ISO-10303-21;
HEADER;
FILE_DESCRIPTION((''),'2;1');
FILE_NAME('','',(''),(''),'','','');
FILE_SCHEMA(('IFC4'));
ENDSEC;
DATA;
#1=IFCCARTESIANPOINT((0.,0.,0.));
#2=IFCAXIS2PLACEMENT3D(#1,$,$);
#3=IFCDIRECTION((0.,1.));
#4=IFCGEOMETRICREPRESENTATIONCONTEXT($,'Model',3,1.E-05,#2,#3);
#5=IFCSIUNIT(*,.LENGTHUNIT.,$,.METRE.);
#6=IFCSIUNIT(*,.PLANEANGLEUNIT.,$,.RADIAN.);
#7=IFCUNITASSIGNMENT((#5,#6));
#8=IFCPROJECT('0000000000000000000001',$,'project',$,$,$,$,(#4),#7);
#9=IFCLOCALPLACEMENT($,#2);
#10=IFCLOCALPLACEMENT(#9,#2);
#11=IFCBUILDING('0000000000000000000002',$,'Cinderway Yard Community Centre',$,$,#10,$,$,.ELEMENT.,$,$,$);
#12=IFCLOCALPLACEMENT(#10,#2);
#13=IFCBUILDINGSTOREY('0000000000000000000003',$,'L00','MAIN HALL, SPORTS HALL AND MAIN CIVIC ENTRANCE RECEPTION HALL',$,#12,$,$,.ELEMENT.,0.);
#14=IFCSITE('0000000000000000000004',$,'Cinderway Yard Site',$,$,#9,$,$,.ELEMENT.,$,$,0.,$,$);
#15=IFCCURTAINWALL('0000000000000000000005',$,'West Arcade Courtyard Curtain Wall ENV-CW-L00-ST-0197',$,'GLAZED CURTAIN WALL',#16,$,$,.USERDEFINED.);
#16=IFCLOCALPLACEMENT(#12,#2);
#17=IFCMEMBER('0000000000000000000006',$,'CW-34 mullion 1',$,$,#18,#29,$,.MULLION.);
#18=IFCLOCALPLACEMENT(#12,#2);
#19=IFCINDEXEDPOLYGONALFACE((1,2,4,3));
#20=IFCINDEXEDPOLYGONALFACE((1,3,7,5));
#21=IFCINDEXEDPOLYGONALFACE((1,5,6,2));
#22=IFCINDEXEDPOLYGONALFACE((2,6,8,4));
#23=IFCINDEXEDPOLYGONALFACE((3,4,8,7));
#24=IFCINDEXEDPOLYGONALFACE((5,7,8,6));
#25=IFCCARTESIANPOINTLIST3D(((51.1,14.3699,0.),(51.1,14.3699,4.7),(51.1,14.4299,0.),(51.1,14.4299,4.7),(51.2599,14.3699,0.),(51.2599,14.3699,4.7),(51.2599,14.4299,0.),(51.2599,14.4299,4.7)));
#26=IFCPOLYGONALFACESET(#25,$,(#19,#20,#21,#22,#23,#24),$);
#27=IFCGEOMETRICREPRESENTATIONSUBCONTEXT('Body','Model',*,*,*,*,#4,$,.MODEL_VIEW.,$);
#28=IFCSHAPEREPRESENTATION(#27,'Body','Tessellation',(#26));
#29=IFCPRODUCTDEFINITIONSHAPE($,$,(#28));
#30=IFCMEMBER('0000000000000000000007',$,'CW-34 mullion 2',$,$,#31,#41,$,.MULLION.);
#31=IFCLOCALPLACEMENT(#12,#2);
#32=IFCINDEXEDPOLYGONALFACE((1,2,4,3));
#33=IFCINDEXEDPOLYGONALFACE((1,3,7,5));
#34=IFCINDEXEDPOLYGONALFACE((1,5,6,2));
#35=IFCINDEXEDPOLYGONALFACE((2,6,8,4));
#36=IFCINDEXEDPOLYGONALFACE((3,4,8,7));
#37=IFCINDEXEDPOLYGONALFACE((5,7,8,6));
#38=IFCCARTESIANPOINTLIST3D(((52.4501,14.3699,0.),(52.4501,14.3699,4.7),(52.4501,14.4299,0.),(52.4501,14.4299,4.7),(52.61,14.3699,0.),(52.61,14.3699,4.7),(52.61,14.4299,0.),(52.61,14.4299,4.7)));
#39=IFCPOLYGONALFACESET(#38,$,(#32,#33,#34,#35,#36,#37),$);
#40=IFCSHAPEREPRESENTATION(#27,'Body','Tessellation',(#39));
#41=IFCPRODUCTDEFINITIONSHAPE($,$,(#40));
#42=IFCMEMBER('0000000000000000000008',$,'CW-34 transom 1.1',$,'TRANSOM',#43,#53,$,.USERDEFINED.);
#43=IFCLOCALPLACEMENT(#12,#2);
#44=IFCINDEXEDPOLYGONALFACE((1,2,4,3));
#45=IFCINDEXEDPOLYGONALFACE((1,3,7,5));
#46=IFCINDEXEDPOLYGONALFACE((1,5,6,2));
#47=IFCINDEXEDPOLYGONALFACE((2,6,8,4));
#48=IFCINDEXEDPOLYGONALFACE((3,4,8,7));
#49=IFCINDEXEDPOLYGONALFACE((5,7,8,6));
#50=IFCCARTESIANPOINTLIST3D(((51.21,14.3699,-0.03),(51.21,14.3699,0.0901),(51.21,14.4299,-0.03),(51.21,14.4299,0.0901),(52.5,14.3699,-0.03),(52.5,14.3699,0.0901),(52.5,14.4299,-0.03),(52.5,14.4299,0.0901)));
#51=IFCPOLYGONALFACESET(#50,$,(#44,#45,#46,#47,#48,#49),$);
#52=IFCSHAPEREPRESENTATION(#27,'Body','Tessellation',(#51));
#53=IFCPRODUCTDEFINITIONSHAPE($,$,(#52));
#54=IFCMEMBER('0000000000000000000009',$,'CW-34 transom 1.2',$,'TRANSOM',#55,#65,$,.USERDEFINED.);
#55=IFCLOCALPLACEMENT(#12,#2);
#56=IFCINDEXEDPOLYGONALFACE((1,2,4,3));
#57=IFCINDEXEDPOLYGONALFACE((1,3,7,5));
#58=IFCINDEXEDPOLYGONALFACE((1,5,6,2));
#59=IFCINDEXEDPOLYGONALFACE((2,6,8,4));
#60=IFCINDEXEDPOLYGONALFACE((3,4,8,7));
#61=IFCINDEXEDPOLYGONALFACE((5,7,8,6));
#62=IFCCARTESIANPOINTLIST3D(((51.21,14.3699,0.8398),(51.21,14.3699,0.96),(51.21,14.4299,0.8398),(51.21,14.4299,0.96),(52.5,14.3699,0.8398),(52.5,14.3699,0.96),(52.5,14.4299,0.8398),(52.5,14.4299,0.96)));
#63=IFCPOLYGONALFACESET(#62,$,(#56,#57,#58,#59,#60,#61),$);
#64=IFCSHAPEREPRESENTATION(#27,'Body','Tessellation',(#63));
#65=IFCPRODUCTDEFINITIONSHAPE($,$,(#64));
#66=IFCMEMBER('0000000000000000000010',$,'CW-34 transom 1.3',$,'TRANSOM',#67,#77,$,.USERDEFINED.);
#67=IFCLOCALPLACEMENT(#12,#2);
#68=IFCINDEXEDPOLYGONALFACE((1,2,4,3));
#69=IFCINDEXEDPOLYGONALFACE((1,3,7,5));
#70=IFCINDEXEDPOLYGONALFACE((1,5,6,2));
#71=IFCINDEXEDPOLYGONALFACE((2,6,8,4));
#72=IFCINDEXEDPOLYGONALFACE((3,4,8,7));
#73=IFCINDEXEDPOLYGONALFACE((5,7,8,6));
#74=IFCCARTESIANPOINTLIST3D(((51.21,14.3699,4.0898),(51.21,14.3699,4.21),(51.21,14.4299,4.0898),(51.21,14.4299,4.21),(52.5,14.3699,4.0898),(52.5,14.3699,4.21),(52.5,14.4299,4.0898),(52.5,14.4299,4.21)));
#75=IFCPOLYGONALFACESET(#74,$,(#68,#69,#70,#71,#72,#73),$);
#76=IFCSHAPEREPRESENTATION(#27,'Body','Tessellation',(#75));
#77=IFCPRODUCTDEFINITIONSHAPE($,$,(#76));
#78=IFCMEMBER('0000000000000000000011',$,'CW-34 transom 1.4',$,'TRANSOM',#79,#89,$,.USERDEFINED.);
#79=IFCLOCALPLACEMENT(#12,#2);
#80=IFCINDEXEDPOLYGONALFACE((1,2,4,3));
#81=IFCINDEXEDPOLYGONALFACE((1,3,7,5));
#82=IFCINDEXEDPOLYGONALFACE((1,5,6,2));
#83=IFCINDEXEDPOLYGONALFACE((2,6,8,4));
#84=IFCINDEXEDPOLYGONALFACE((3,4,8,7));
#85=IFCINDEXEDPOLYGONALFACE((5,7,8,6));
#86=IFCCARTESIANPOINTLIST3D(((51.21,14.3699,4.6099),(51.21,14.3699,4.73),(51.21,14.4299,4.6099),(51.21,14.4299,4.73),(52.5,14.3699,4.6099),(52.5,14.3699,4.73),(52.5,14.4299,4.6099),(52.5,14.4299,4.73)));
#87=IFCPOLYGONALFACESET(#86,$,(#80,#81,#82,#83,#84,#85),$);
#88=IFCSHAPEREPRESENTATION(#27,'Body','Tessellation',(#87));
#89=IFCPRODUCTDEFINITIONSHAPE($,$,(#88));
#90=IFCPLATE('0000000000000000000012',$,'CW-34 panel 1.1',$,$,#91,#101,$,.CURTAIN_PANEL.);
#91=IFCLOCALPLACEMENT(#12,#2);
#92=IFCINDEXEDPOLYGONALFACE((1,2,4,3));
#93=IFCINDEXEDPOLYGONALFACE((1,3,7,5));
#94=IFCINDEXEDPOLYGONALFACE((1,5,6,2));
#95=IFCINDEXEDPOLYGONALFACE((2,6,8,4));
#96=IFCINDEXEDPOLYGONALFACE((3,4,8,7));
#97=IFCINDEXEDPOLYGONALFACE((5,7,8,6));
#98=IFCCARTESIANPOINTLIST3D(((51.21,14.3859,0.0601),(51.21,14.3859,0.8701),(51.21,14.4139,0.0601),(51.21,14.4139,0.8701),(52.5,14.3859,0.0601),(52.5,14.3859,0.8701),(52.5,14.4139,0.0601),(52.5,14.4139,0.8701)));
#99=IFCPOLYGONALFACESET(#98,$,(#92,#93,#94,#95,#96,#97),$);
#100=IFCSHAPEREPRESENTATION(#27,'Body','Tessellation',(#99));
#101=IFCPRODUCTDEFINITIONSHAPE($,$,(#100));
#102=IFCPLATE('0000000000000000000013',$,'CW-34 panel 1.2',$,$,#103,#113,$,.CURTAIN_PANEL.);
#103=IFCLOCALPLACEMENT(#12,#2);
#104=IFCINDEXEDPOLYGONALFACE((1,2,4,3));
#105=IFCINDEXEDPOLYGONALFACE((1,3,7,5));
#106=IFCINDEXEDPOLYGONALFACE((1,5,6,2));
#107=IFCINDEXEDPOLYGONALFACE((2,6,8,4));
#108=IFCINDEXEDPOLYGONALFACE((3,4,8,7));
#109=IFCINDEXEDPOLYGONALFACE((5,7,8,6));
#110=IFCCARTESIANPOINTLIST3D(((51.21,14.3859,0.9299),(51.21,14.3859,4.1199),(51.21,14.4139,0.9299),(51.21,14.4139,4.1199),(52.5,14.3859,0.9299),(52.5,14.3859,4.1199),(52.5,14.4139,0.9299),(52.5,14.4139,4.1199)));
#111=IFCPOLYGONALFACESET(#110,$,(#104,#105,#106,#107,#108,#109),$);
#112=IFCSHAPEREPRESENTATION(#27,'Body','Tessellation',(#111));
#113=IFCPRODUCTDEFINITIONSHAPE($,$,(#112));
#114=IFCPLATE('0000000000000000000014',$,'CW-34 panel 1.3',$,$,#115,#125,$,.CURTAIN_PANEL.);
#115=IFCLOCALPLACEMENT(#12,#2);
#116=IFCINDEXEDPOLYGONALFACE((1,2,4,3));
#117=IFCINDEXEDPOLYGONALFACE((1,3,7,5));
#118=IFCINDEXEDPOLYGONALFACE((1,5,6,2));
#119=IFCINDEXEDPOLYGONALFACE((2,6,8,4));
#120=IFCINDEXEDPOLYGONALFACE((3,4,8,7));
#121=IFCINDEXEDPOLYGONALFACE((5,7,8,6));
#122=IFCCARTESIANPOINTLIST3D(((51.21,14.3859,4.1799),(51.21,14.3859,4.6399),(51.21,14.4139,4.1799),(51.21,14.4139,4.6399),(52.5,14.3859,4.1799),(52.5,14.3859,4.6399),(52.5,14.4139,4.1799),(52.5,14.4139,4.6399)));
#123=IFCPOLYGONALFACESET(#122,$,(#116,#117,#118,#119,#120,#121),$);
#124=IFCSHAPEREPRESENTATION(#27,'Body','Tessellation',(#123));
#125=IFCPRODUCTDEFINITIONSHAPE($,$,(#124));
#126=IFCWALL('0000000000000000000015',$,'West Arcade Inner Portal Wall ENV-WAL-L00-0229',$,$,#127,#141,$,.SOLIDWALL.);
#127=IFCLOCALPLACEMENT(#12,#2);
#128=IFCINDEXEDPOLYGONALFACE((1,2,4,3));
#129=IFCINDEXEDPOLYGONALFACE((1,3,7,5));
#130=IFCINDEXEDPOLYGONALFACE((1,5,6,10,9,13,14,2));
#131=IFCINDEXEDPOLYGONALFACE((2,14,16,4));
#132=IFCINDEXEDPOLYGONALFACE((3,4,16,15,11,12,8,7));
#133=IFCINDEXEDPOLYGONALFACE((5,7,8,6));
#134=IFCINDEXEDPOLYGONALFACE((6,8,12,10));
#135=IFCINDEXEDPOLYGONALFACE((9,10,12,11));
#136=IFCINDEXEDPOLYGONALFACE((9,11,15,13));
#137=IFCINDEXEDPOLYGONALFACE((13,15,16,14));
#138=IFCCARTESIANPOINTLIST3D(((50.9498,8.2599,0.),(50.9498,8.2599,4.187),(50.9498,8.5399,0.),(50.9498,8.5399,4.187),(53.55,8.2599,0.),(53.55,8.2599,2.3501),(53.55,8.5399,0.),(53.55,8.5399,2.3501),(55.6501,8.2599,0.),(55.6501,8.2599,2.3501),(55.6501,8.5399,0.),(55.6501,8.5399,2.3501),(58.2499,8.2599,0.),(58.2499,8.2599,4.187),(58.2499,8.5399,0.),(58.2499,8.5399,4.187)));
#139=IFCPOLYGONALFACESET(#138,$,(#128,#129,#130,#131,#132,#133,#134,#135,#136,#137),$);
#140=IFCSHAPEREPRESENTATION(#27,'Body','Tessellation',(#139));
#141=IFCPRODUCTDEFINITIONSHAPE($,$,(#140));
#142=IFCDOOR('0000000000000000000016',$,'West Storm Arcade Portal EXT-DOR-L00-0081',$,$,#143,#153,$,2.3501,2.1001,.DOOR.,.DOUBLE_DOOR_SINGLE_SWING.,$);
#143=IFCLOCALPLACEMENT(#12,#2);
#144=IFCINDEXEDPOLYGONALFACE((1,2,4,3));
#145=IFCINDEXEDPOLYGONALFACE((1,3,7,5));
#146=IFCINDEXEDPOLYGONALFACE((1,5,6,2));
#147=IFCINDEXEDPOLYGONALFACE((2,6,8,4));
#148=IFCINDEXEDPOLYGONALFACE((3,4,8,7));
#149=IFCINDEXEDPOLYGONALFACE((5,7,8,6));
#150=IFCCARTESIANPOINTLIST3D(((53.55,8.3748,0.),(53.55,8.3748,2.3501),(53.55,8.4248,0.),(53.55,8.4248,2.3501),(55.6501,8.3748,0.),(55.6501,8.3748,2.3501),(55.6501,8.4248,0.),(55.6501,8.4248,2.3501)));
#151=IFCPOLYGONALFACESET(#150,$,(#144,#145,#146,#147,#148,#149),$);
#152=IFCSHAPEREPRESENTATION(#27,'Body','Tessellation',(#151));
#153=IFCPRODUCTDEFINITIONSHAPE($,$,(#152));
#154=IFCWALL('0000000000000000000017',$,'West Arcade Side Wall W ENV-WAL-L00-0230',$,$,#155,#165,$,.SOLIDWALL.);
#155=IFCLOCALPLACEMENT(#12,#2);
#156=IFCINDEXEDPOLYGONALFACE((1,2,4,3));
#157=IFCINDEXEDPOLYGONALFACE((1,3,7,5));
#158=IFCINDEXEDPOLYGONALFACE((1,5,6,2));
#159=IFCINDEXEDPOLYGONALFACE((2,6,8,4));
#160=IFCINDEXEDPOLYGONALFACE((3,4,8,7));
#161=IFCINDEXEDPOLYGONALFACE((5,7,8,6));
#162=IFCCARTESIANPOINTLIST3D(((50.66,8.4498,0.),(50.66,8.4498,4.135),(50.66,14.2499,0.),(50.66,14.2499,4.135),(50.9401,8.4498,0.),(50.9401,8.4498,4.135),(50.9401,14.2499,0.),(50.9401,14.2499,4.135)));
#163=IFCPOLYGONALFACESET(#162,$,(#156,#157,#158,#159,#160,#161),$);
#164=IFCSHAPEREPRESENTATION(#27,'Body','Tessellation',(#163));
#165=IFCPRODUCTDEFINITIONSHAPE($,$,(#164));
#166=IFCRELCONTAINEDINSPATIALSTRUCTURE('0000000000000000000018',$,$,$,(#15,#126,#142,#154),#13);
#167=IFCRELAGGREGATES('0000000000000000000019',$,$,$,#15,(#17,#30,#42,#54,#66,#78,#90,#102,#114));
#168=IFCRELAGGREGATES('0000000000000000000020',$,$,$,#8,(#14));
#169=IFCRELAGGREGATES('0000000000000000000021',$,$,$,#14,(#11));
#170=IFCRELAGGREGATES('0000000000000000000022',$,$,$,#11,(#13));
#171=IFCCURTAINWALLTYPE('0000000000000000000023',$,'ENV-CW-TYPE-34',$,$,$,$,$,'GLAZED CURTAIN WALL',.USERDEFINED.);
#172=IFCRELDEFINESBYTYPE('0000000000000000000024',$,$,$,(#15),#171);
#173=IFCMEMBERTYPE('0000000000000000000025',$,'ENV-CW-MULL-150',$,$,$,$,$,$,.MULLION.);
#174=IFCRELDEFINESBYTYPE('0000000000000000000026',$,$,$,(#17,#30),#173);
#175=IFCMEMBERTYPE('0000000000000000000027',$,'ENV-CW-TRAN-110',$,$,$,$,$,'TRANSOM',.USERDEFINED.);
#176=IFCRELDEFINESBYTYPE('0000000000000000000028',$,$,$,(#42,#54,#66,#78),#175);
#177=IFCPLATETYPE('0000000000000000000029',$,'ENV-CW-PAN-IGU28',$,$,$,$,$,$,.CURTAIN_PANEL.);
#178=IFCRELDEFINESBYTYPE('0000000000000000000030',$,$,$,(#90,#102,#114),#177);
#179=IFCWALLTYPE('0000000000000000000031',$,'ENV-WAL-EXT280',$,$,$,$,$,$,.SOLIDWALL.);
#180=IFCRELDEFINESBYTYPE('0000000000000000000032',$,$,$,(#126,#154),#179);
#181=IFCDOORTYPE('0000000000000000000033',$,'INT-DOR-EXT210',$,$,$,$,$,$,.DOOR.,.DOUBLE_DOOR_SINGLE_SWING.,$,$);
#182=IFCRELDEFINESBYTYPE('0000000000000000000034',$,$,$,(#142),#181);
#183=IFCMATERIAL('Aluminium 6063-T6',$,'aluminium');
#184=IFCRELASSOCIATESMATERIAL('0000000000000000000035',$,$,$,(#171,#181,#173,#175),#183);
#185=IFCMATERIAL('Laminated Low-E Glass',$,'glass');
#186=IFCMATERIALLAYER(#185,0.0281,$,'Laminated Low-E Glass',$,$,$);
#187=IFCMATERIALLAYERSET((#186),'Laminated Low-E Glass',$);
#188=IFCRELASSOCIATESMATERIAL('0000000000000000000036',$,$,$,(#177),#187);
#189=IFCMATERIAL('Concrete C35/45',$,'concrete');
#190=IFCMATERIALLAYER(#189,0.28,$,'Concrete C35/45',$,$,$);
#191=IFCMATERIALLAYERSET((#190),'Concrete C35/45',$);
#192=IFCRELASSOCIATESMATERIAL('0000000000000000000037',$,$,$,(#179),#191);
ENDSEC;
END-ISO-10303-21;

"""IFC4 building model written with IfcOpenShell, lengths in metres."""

from ifc_helpers import new_model, si_unit, direction, frame, frame_2d, origin, origin_2d, place, context, subcontext, project, spatial, rectangle, extrude, material, layer, layer_set, material_profile, profile_set, type_object, element, fill, aggregate, save


model = new_model("IFC4")

# Units and contexts
model_context = context("Model", 3, precision=1e-05, world=origin(), true_north=direction((0.0, 1.0)))
body_context = subcontext(model_context, "Body", "Model", "MODEL_VIEW")
ifc_project = project(units=[si_unit("LENGTHUNIT", "METRE"), si_unit("PLANEANGLEUNIT", "RADIAN")], contexts=[model_context])

# Site, building, storey
site_placement = place(None, origin())
site = spatial("IfcSite", under=ifc_project, at=site_placement, Name="Cinderway Yard Site", CompositionType="ELEMENT", RefElevation=0.0)
building_placement = place(site_placement, origin())
building = spatial("IfcBuilding", under=site, at=building_placement, Name="Cinderway Yard Community Centre", CompositionType="ELEMENT")
storey_placement = place(building_placement, origin())
storey = spatial("IfcBuildingStorey", under=building, at=storey_placement, Name="L00", Description="MAIN HALL, SPORTS HALL AND MAIN CIVIC ENTRANCE RECEPTION HALL", CompositionType="ELEMENT", Elevation=0.0)

# Curtain wall, members, plates
ifc_material_1 = material(Name="Aluminium 6063-T6", Category="aluminium")
curtain_wall_type = type_object("IfcCurtainWallType", Name="ENV-CW-TYPE-34", ElementType="GLAZED CURTAIN WALL", PredefinedType="USERDEFINED", material=ifc_material_1)
curtain_wall_placement = place(storey_placement, origin())
curtain_wall = element("IfcCurtainWall", 1, at=curtain_wall_placement, inside=storey, type_object=curtain_wall_type, Name="West Arcade Courtyard Curtain Wall ENV-CW-L00-ST-0197", ObjectType="GLAZED CURTAIN WALL", PredefinedType="USERDEFINED")
ifc_material_profile_1 = material_profile(ifc_material_1, rectangle(XDim=0.0601, YDim=0.1599, at=origin_2d()), Name="Aluminium 6063-T6")
ifc_profile_set_1 = profile_set([ifc_material_profile_1], Name="Aluminium 6063-T6")
member_type_1 = type_object("IfcMemberType", Name="ENV-CW-MULL-150", PredefinedType="MULLION", material=ifc_profile_set_1)
member_1_placement = place(storey_placement, frame((51.1799, 14.3999, 0.0), z_axis=(0.0, 0.0, 1.0), x_axis=(0.0, 1.0, 0.0)))
member_1 = element("IfcMember", 2, at=member_1_placement, type_object=member_type_1, Name="CW-34 mullion 1", PredefinedType="MULLION", context=body_context, shape_type="SweptSolid", body=[
    extrude(rectangle(XDim=0.0601, YDim=0.1599, at=origin_2d()), origin(), (0.0, 0.0, 1.0), 4.7),
])
member_2_placement = place(storey_placement, frame((52.53, 14.3999, 0.0), z_axis=(0.0, 0.0, 1.0), x_axis=(0.0, 1.0, 0.0)))
member_2 = element("IfcMember", 3, at=member_2_placement, type_object=member_type_1, Name="CW-34 mullion 2", PredefinedType="MULLION", context=body_context, shape_type="SweptSolid", body=[
    extrude(rectangle(XDim=0.0601, YDim=0.1599, at=origin_2d()), origin(), (0.0, 0.0, 1.0), 4.7),
])
ifc_material_profile_2 = material_profile(ifc_material_1, rectangle(XDim=0.0601, YDim=0.1201, at=origin_2d()), Name="Aluminium 6063-T6")
ifc_profile_set_2 = profile_set([ifc_material_profile_2], Name="Aluminium 6063-T6")
member_type_2 = type_object("IfcMemberType", Name="ENV-CW-TRAN-110", ElementType="TRANSOM", PredefinedType="USERDEFINED", material=ifc_profile_set_2)
member_3_placement = place(storey_placement, frame((51.21, 14.3999, 0.03), z_axis=(1.0, 0.0, 0.0), x_axis=(0.0, 1.0, 0.0)))
member_3 = element("IfcMember", 4, at=member_3_placement, type_object=member_type_2, Name="CW-34 transom 1.1", ObjectType="TRANSOM", PredefinedType="USERDEFINED", context=body_context, shape_type="SweptSolid", body=[
    extrude(rectangle(XDim=0.0601, YDim=0.1201, at=origin_2d()), origin(), (0.0, 0.0, 1.0), 1.29),
])
member_4_placement = place(storey_placement, frame((51.21, 14.3999, 0.8999), z_axis=(1.0, 0.0, 0.0), x_axis=(0.0, 1.0, 0.0)))
member_4 = element("IfcMember", 5, at=member_4_placement, type_object=member_type_2, Name="CW-34 transom 1.2", ObjectType="TRANSOM", PredefinedType="USERDEFINED", context=body_context, shape_type="SweptSolid", body=[
    extrude(rectangle(XDim=0.0601, YDim=0.1201, at=origin_2d()), origin(), (0.0, 0.0, 1.0), 1.29),
])
member_5_placement = place(storey_placement, frame((51.21, 14.3999, 4.1499), z_axis=(1.0, 0.0, 0.0), x_axis=(0.0, 1.0, 0.0)))
member_5 = element("IfcMember", 6, at=member_5_placement, type_object=member_type_2, Name="CW-34 transom 1.3", ObjectType="TRANSOM", PredefinedType="USERDEFINED", context=body_context, shape_type="SweptSolid", body=[
    extrude(rectangle(XDim=0.0601, YDim=0.1201, at=origin_2d()), origin(), (0.0, 0.0, 1.0), 1.29),
])
member_6_placement = place(storey_placement, frame((51.21, 14.3999, 4.6699), z_axis=(1.0, 0.0, 0.0), x_axis=(0.0, 1.0, 0.0)))
member_6 = element("IfcMember", 7, at=member_6_placement, type_object=member_type_2, Name="CW-34 transom 1.4", ObjectType="TRANSOM", PredefinedType="USERDEFINED", context=body_context, shape_type="SweptSolid", body=[
    extrude(rectangle(XDim=0.0601, YDim=0.1201, at=origin_2d()), origin(), (0.0, 0.0, 1.0), 1.29),
])
ifc_material_2 = material(Name="Laminated Low-E Glass", Category="glass")
ifc_layer_1 = layer(ifc_material_2, 0.0281, Name="Laminated Low-E Glass")
ifc_layer_set_1 = layer_set([ifc_layer_1], Name="Laminated Low-E Glass")
plate_type = type_object("IfcPlateType", Name="ENV-CW-PAN-IGU28", PredefinedType="CURTAIN_PANEL", material=ifc_layer_set_1)
plate_1_placement = place(storey_placement, frame((51.855, 14.3999, 0.0601), z_axis=(0.0, 0.0, 1.0), x_axis=(1.0, 0.0, 0.0)))
plate_1 = element("IfcPlate", 8, at=plate_1_placement, type_object=plate_type, Name="CW-34 panel 1.1", PredefinedType="CURTAIN_PANEL", context=body_context, shape_type="SweptSolid", body=[
    extrude(rectangle(XDim=1.29, YDim=0.0281, at=origin_2d()), origin(), (0.0, 0.0, 1.0), 0.8101),
])
plate_2_placement = place(storey_placement, frame((51.855, 14.3999, 0.9299), z_axis=(0.0, 0.0, 1.0), x_axis=(1.0, 0.0, 0.0)))
plate_2 = element("IfcPlate", 9, at=plate_2_placement, type_object=plate_type, Name="CW-34 panel 1.2", PredefinedType="CURTAIN_PANEL", context=body_context, shape_type="SweptSolid", body=[
    extrude(rectangle(XDim=1.29, YDim=0.0281, at=origin_2d()), origin(), (0.0, 0.0, 1.0), 3.1899),
])
plate_3_placement = place(storey_placement, frame((51.855, 14.3999, 4.1799), z_axis=(0.0, 0.0, 1.0), x_axis=(1.0, 0.0, 0.0)))
plate_3 = element("IfcPlate", 10, at=plate_3_placement, type_object=plate_type, Name="CW-34 panel 1.3", PredefinedType="CURTAIN_PANEL", context=body_context, shape_type="SweptSolid", body=[
    extrude(rectangle(XDim=1.29, YDim=0.0281, at=origin_2d()), origin(), (0.0, 0.0, 1.0), 0.46),
])
aggregate(curtain_wall, [member_1, member_2, member_3, member_4, member_5, member_6, plate_1, plate_2, plate_3])

# Wall, opening, door
ifc_material_3 = material(Name="Concrete C35/45", Category="concrete")
ifc_layer_2 = layer(ifc_material_3, 0.28, Name="Concrete C35/45")
ifc_layer_set_2 = layer_set([ifc_layer_2], Name="Concrete C35/45")
wall_type = type_object("IfcWallType", Name="ENV-WAL-EXT280", PredefinedType="SOLIDWALL", material=ifc_layer_set_2)
wall_1_placement = place(storey_placement, frame((50.95, 8.3999, 0.0), z_axis=(0.0, 0.0, 1.0), x_axis=(1.0, 0.0, 0.0)))
wall_1 = element("IfcWall", 11, at=wall_1_placement, inside=storey, type_object=wall_type, Name="West Arcade Inner Portal Wall ENV-WAL-L00-0229", PredefinedType="SOLIDWALL", context=body_context, shape_type="SweptSolid", body=[
    extrude(rectangle(XDim=7.3, YDim=0.28, at=frame_2d((3.6499, 0.0))), origin(), (0.0, 0.0, 1.0), 4.187),
])
opening_placement = place(wall_1_placement, frame((2.6001, 0.0, 0.0)))
opening = element("IfcOpeningElement", 12, at=opening_placement, cuts=wall_1, PredefinedType="OPENING", context=body_context, shape_type="SweptSolid", body=[
    extrude(rectangle(XDim=2.1001, YDim=2.3501, at=frame_2d((1.05, 1.175))), frame((0.0, 0.1499, 0.0), z_axis=(0.0, -1.0, 0.0), x_axis=(1.0, 0.0, 0.0)), (0.0, 0.0, 1.0), 0.3),
])
door_type = type_object("IfcDoorType", Name="INT-DOR-EXT210", OperationType="DOUBLE_DOOR_SINGLE_SWING", PredefinedType="DOOR", material=ifc_material_1)
door_placement = place(opening_placement, origin())
door = element("IfcDoor", 13, at=door_placement, inside=storey, type_object=door_type, Name="West Storm Arcade Portal EXT-DOR-L00-0081", OperationType="DOUBLE_DOOR_SINGLE_SWING", OverallHeight=2.3501, OverallWidth=2.1001, PredefinedType="DOOR", context=body_context, shape_type="SweptSolid", body=[
    extrude(rectangle(XDim=2.1001, YDim=2.3501, at=frame_2d((1.05, 1.175))), frame((0.0, 0.0249, 0.0), z_axis=(0.0, -1.0, 0.0), x_axis=(1.0, 0.0, 0.0)), (0.0, 0.0, 1.0), 0.05),
])
fill(opening, door)

# Wall
wall_2_placement = place(storey_placement, frame((50.8, 8.45, 0.0), z_axis=(0.0, 0.0, 1.0), x_axis=(0.0, 1.0, 0.0)))
element("IfcWall", 14, at=wall_2_placement, inside=storey, type_object=wall_type, Name="West Arcade Side Wall W ENV-WAL-L00-0230", PredefinedType="SOLIDWALL", context=body_context, shape_type="SweptSolid", body=[
    extrude(rectangle(XDim=5.8, YDim=0.28, at=frame_2d((2.8999, 0.0))), origin(), (0.0, 0.0, 1.0), 4.135),
])

save(model, "model.ifc")
